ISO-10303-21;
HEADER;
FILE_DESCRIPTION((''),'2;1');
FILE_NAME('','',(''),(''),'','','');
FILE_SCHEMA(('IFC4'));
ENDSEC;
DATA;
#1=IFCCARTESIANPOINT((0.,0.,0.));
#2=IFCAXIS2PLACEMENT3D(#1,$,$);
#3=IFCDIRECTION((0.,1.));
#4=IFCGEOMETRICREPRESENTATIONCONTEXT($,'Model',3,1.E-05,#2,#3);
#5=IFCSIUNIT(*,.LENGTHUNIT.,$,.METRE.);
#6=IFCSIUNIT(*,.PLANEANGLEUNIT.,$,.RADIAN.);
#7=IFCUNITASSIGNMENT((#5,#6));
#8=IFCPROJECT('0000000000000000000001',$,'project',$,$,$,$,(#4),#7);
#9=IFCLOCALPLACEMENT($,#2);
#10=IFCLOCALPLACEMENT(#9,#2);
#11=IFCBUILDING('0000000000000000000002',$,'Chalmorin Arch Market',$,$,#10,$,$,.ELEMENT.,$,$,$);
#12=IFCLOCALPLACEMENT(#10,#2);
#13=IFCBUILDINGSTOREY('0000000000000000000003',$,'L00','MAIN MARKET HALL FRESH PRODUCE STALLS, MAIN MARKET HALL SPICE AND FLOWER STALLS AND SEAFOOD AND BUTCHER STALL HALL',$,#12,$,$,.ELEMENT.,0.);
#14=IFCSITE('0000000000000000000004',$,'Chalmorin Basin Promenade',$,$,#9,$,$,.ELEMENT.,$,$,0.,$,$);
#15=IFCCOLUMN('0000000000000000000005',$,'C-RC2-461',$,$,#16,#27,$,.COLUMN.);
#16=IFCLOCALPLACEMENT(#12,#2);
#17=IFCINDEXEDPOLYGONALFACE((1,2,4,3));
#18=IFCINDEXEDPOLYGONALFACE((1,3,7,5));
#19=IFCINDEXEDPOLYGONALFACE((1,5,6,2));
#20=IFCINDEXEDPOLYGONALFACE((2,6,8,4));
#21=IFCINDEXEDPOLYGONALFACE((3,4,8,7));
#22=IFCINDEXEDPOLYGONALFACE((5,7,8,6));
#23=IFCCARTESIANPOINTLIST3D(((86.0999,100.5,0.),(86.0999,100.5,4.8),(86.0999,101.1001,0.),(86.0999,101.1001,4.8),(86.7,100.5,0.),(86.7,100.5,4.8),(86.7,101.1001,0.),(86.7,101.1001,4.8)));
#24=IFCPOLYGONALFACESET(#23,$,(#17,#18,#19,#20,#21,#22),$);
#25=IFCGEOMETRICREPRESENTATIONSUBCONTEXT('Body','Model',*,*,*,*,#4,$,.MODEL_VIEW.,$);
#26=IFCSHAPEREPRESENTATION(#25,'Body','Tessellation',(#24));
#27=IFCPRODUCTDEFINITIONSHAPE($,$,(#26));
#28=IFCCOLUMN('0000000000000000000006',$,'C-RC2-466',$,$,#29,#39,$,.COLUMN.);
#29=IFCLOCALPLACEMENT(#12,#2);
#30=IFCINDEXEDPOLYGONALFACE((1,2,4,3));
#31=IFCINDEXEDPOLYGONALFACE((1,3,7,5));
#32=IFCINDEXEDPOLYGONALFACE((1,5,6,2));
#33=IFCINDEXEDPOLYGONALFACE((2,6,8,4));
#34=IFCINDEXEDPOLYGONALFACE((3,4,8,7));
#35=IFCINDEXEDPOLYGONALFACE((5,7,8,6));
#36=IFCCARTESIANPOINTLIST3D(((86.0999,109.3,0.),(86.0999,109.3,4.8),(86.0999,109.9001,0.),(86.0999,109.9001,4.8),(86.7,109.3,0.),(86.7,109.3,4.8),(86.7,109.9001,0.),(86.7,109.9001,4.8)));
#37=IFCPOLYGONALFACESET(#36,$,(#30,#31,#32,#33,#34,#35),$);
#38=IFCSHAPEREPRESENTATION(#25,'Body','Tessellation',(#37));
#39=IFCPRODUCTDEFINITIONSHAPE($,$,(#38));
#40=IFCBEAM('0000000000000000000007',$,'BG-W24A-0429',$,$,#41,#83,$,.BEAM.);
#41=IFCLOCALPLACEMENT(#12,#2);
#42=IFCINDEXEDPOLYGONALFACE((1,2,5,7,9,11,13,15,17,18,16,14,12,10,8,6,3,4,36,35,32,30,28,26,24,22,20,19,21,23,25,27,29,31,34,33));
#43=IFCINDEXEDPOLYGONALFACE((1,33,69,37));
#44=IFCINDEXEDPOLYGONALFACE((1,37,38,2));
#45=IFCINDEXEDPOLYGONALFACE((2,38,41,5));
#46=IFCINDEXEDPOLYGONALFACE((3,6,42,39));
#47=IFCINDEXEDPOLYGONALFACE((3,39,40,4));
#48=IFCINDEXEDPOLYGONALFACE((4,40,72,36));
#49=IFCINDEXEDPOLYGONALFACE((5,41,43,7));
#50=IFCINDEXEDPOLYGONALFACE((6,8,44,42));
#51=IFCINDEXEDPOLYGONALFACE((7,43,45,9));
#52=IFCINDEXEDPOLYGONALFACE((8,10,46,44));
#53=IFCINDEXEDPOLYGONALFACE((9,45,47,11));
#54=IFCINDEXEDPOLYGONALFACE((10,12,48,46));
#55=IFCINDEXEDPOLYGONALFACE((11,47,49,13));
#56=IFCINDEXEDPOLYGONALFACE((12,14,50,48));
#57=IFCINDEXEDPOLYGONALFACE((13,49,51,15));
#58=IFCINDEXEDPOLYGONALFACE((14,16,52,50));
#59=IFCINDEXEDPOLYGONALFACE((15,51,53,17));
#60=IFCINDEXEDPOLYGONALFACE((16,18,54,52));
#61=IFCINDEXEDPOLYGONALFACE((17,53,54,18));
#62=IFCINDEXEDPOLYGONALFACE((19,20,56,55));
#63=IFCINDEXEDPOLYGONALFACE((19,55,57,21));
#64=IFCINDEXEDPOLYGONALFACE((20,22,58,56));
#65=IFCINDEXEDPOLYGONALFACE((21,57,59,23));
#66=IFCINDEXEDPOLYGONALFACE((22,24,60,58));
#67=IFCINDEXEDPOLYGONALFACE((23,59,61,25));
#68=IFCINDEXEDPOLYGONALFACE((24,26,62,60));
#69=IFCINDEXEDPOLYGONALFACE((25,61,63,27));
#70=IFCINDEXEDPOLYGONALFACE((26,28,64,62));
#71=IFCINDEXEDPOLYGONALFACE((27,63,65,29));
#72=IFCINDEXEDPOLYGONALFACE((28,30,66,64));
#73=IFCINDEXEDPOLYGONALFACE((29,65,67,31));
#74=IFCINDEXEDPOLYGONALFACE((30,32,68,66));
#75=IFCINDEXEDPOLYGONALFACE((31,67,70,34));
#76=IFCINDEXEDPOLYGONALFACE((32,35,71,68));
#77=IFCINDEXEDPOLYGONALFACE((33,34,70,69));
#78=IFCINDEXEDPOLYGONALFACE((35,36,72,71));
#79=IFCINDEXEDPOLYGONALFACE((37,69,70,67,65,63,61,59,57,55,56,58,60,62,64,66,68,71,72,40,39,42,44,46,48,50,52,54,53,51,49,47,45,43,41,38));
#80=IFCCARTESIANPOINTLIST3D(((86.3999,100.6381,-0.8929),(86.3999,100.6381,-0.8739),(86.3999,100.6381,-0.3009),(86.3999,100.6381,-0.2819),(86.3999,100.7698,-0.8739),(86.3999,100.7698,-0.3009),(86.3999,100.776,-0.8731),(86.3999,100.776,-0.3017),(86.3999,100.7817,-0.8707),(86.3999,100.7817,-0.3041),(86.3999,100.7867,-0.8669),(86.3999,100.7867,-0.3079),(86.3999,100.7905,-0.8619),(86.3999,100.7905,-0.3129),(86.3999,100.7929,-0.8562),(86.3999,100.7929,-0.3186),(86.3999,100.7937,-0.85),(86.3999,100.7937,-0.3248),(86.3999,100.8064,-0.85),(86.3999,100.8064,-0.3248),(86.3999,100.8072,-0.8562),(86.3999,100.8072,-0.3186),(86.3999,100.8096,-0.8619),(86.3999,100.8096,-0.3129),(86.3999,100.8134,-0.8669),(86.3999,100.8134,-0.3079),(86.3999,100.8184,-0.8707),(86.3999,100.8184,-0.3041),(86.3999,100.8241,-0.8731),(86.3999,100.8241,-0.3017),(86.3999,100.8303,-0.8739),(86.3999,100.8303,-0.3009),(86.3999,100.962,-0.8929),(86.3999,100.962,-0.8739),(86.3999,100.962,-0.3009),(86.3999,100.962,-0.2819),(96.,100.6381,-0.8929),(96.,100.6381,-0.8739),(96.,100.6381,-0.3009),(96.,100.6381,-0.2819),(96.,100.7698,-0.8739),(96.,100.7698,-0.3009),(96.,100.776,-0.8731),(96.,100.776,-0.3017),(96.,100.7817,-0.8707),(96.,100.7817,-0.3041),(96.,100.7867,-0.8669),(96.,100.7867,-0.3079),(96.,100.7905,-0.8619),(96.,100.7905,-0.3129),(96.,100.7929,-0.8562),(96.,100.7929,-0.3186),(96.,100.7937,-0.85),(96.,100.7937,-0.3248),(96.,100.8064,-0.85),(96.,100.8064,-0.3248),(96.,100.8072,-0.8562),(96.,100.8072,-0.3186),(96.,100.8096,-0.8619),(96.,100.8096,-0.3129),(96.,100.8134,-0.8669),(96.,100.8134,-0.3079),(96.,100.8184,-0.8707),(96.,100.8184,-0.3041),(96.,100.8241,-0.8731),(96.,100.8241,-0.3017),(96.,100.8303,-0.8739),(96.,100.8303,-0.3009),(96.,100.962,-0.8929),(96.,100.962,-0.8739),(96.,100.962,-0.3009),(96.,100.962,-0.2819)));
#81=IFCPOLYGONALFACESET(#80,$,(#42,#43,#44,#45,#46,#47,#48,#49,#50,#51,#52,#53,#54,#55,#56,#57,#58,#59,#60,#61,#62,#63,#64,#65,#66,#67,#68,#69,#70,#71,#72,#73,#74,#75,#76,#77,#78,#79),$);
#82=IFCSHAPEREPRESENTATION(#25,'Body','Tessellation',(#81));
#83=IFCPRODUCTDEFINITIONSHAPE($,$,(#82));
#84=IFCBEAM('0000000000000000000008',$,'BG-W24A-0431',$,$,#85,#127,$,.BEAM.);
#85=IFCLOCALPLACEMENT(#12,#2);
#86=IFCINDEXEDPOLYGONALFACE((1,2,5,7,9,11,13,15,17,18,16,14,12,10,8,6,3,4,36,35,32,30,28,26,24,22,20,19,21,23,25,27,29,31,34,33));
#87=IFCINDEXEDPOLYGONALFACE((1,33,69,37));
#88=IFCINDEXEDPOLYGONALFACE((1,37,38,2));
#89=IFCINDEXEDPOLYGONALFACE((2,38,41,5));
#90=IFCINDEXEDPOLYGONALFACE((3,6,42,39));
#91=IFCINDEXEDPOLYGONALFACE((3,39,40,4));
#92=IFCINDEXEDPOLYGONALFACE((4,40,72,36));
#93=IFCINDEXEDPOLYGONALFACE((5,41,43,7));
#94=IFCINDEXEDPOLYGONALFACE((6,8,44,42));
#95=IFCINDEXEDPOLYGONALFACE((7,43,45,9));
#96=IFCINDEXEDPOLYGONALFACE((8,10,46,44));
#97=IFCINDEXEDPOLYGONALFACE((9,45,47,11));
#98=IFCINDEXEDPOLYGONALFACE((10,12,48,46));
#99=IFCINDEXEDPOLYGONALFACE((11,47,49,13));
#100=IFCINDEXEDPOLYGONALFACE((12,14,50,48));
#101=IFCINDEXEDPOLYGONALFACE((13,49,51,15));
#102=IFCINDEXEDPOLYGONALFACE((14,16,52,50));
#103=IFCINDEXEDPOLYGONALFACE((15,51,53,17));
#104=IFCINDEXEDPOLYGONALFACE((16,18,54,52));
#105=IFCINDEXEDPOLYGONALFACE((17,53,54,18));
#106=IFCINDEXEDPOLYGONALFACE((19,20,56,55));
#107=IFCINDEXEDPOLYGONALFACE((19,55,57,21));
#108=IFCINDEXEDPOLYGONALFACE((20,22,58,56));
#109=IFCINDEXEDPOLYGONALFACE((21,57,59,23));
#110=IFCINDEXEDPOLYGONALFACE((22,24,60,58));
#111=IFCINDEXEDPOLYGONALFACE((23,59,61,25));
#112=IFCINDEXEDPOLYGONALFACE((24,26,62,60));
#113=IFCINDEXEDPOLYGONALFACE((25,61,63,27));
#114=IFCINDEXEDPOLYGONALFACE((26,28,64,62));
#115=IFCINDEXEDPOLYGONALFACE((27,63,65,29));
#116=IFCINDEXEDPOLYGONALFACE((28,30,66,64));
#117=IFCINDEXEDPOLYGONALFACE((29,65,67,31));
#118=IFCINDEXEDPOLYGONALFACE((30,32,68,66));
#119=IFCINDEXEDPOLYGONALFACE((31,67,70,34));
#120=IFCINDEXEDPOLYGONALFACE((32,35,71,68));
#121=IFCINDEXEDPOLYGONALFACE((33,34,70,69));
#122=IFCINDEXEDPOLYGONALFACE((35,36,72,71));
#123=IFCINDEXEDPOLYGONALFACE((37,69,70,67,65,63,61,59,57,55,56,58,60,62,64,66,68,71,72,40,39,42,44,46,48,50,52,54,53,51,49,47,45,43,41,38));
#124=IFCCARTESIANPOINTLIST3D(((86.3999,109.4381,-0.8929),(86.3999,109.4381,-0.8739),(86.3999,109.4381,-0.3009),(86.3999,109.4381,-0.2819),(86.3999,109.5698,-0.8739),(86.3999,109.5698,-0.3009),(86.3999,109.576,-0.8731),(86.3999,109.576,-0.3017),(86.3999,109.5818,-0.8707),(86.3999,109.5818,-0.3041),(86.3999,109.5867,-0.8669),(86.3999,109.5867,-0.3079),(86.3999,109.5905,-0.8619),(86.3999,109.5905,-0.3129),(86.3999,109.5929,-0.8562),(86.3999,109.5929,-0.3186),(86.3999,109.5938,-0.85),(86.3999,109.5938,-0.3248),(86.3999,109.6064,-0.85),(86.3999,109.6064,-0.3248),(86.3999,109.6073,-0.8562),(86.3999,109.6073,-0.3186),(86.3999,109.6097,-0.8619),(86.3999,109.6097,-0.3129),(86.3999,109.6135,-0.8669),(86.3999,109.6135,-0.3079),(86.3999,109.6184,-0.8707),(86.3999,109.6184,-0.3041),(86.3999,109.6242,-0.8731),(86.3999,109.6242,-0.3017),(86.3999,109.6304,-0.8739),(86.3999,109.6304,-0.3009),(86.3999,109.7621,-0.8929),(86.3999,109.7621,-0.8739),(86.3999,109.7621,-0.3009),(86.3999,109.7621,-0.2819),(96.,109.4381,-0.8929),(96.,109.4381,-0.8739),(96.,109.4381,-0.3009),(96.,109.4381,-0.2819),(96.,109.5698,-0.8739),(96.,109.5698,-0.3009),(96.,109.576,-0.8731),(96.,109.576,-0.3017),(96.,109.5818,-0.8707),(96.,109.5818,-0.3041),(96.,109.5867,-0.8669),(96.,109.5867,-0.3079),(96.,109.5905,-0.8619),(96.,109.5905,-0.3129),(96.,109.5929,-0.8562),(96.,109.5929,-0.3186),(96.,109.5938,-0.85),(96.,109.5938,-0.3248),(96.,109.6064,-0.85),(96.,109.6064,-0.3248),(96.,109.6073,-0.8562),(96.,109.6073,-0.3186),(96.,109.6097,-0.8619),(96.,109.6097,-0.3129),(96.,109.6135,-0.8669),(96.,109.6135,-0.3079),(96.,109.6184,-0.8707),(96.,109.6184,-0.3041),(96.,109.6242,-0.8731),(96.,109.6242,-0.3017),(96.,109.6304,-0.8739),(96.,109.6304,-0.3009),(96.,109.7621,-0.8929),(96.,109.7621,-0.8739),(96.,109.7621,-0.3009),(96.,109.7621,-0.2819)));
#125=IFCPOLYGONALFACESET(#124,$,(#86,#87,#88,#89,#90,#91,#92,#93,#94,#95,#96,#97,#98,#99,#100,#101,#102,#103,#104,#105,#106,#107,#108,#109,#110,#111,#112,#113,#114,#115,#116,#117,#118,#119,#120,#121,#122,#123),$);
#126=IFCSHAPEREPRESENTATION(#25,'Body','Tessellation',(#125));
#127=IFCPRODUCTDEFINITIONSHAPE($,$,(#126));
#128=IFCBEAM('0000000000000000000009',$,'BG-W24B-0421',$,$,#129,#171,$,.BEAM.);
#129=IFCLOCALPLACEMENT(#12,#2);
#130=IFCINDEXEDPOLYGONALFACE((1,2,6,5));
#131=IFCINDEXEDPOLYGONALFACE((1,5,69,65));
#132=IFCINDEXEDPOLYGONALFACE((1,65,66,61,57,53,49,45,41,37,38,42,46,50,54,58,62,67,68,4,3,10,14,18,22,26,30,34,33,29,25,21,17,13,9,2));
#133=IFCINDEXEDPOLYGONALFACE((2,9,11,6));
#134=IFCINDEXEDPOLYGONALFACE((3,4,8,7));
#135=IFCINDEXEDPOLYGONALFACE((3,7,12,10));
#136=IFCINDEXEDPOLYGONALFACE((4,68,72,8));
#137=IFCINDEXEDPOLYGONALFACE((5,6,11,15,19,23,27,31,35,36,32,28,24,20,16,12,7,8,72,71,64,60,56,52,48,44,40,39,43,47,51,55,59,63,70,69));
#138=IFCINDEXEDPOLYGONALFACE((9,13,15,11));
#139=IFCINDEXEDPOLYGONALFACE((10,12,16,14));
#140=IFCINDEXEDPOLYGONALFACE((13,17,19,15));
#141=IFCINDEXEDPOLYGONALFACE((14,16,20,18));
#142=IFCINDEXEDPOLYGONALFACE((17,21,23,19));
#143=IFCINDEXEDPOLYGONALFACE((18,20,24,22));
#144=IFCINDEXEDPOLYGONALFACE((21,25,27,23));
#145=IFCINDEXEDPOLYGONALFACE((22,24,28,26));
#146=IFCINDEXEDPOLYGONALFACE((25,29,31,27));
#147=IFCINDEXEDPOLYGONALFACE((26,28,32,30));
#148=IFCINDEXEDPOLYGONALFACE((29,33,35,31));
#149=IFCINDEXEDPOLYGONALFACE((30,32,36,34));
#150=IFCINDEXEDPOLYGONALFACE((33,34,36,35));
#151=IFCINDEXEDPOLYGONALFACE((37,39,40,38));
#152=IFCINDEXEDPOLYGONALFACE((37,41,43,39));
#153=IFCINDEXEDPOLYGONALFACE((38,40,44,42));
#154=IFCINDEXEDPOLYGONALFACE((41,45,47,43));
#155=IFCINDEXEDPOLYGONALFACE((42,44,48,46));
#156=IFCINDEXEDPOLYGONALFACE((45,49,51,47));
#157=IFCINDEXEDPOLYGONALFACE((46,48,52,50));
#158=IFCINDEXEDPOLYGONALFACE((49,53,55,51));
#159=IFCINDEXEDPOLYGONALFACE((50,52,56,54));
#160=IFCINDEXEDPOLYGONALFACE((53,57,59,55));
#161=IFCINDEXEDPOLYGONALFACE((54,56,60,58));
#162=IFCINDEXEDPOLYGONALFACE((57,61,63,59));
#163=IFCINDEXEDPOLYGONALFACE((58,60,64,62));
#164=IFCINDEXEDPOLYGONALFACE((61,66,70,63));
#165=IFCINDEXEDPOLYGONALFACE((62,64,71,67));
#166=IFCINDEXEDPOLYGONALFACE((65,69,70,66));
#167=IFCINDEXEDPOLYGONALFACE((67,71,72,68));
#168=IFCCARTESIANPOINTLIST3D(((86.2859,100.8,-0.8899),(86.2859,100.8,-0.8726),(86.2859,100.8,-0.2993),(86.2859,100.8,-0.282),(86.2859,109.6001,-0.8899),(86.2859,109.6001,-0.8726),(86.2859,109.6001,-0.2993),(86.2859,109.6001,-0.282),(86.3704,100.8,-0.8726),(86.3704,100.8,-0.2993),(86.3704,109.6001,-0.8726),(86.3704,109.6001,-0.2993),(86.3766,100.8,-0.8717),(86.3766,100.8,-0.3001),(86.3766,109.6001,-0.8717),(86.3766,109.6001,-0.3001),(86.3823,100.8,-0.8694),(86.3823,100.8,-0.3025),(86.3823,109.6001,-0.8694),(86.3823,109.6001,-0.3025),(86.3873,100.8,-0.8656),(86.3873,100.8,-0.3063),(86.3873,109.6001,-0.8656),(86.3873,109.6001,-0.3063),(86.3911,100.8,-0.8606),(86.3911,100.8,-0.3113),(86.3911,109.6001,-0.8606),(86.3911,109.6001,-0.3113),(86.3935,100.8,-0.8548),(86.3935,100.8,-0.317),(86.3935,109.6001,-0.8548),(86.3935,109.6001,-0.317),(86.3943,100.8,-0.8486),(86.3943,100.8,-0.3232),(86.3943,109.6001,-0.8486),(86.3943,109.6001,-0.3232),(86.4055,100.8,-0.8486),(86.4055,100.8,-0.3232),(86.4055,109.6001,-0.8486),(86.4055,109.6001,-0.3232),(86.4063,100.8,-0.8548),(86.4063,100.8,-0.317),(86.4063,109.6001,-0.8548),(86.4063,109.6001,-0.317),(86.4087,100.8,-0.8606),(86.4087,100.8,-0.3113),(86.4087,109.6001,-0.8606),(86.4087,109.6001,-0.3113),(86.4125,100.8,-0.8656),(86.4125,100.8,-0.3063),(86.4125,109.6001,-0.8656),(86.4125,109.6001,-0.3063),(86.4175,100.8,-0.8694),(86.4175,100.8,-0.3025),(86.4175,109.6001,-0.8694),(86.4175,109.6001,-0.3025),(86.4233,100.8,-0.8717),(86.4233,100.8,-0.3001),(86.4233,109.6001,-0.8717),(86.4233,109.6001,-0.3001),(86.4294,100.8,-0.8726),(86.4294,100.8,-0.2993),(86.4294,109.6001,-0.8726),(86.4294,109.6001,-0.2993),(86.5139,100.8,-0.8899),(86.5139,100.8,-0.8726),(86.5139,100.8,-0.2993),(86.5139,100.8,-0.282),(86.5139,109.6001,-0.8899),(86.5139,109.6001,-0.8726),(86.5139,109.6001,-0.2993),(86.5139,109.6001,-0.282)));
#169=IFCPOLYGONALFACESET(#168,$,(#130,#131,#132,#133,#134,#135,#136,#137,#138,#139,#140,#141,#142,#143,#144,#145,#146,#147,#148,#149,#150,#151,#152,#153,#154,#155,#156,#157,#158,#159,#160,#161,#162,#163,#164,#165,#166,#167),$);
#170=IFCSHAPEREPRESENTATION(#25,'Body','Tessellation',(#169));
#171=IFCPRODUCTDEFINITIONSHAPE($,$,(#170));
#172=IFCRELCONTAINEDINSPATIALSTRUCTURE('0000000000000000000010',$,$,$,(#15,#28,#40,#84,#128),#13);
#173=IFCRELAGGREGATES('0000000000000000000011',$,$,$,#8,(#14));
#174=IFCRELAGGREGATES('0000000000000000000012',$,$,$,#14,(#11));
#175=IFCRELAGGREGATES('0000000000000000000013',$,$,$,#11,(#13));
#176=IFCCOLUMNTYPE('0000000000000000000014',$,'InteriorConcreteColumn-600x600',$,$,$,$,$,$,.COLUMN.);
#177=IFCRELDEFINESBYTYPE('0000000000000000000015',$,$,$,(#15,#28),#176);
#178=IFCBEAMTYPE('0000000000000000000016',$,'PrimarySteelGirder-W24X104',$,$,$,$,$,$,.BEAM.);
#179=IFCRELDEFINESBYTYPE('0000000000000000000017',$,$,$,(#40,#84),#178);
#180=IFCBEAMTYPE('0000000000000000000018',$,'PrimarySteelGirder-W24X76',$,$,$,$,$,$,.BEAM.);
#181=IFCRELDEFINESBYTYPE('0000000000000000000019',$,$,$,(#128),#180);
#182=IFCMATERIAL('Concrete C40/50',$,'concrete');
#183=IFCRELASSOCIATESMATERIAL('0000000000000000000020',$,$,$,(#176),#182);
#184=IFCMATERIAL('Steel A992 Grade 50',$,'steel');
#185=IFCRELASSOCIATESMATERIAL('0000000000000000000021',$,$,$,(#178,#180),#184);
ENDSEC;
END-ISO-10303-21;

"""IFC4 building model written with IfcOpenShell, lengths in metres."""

from ifc_helpers import new_model, si_unit, direction, frame, origin, origin_2d, place, context, subcontext, project, spatial, rectangle, i_section, extrude, material, material_profile, profile_set, type_object, element, save


model = new_model("IFC4")

# Units and contexts
model_context = context("Model", 3, precision=1e-05, world=origin(), true_north=direction((0.0, 1.0)))
body_context = subcontext(model_context, "Body", "Model", "MODEL_VIEW")
ifc_project = project(units=[si_unit("LENGTHUNIT", "METRE"), si_unit("PLANEANGLEUNIT", "RADIAN")], contexts=[model_context])

# Site, building, storey
site_placement = place(None, origin())
site = spatial("IfcSite", under=ifc_project, at=site_placement, Name="Chalmorin Basin Promenade", CompositionType="ELEMENT", RefElevation=0.0)
building_placement = place(site_placement, origin())
building = spatial("IfcBuilding", under=site, at=building_placement, Name="Chalmorin Arch Market", CompositionType="ELEMENT")
storey_placement = place(building_placement, origin())
storey = spatial("IfcBuildingStorey", under=building, at=storey_placement, Name="L00", Description="MAIN MARKET HALL FRESH PRODUCE STALLS, MAIN MARKET HALL SPICE AND FLOWER STALLS AND SEAFOOD AND BUTCHER STALL HALL", CompositionType="ELEMENT", Elevation=0.0)

# Columns
ifc_material_1 = material(Name="Concrete C40/50", Category="concrete")
ifc_material_profile_1 = material_profile(ifc_material_1, rectangle(XDim=0.6001, YDim=0.6001, at=origin_2d()), Name="RC600X600")
ifc_profile_set_1 = profile_set([ifc_material_profile_1], Name="Concrete C40/50")
column_type = type_object("IfcColumnType", Name="InteriorConcreteColumn-600x600", PredefinedType="COLUMN", material=ifc_profile_set_1)
for number, where, z_axis, x_axis, name in (
    (1, (86.3999, 100.8, 0.0), (0.0, 0.0, 1.0), (1.0, 0.0, 0.0), "C-RC2-461"),
    (2, (86.3999, 109.6001, 0.0), (0.0, 0.0, 1.0), (1.0, 0.0, 0.0), "C-RC2-466"),
):
    element("IfcColumn", number, at=place(storey_placement, frame(where, z_axis=z_axis, x_axis=x_axis)), inside=storey, type_object=column_type, Name=name, PredefinedType="COLUMN", context=body_context, shape_type="SweptSolid", body=[
        extrude(rectangle(XDim=0.6001, YDim=0.6001, at=origin_2d()), origin(), (0.0, 0.0, 1.0), 4.8),
    ])

# Beams
ifc_material_2 = material(Name="Steel A992 Grade 50", Category="steel")
ifc_material_profile_2 = material_profile(ifc_material_2, i_section(OverallWidth=0.324, OverallDepth=0.6111, WebThickness=0.0127, FlangeThickness=0.019, FilletRadius=0.0239, at=origin_2d()), Name="W24X104")
ifc_profile_set_2 = profile_set([ifc_material_profile_2], Name="Steel A992 Grade 50")
beam_type_1 = type_object("IfcBeamType", Name="PrimarySteelGirder-W24X104", PredefinedType="BEAM", material=ifc_profile_set_2)
for number, where, z_axis, x_axis, name in (
    (3, (86.3999, 100.8, -0.5874), (1.0, 0.0, 0.0), (0.0, 1.0, 0.0), "BG-W24A-0429"),
    (4, (86.3999, 109.6001, -0.5874), (1.0, 0.0, 0.0), (0.0, 1.0, 0.0), "BG-W24A-0431"),
):
    element("IfcBeam", number, at=place(storey_placement, frame(where, z_axis=z_axis, x_axis=x_axis)), inside=storey, type_object=beam_type_1, Name=name, PredefinedType="BEAM", context=body_context, shape_type="SweptSolid", body=[
        extrude(i_section(OverallWidth=0.324, OverallDepth=0.6111, WebThickness=0.0127, FlangeThickness=0.019, FilletRadius=0.0239, at=origin_2d()), origin(), (0.0, 0.0, 1.0), 9.6001),
    ])
ifc_material_profile_3 = material_profile(ifc_material_2, i_section(OverallWidth=0.228, OverallDepth=0.6079, WebThickness=0.0112, FlangeThickness=0.0173, FilletRadius=0.0239, at=origin_2d()), Name="W24X76")
ifc_profile_set_3 = profile_set([ifc_material_profile_3], Name="Steel A992 Grade 50")
beam_type_2 = type_object("IfcBeamType", Name="PrimarySteelGirder-W24X76", PredefinedType="BEAM", material=ifc_profile_set_3)
beam_1_placement = place(storey_placement, frame((86.3999, 100.8, -0.5859), z_axis=(0.0, 1.0, 0.0), x_axis=(-1.0, 0.0, 0.0)))
element("IfcBeam", 5, at=beam_1_placement, inside=storey, type_object=beam_type_2, Name="BG-W24B-0421", PredefinedType="BEAM", context=body_context, shape_type="SweptSolid", body=[
    extrude(i_section(OverallWidth=0.228, OverallDepth=0.6079, WebThickness=0.0112, FlangeThickness=0.0173, FilletRadius=0.0239, at=origin_2d()), origin(), (0.0, 0.0, 1.0), 8.8),
])

save(model, "model.ifc")
